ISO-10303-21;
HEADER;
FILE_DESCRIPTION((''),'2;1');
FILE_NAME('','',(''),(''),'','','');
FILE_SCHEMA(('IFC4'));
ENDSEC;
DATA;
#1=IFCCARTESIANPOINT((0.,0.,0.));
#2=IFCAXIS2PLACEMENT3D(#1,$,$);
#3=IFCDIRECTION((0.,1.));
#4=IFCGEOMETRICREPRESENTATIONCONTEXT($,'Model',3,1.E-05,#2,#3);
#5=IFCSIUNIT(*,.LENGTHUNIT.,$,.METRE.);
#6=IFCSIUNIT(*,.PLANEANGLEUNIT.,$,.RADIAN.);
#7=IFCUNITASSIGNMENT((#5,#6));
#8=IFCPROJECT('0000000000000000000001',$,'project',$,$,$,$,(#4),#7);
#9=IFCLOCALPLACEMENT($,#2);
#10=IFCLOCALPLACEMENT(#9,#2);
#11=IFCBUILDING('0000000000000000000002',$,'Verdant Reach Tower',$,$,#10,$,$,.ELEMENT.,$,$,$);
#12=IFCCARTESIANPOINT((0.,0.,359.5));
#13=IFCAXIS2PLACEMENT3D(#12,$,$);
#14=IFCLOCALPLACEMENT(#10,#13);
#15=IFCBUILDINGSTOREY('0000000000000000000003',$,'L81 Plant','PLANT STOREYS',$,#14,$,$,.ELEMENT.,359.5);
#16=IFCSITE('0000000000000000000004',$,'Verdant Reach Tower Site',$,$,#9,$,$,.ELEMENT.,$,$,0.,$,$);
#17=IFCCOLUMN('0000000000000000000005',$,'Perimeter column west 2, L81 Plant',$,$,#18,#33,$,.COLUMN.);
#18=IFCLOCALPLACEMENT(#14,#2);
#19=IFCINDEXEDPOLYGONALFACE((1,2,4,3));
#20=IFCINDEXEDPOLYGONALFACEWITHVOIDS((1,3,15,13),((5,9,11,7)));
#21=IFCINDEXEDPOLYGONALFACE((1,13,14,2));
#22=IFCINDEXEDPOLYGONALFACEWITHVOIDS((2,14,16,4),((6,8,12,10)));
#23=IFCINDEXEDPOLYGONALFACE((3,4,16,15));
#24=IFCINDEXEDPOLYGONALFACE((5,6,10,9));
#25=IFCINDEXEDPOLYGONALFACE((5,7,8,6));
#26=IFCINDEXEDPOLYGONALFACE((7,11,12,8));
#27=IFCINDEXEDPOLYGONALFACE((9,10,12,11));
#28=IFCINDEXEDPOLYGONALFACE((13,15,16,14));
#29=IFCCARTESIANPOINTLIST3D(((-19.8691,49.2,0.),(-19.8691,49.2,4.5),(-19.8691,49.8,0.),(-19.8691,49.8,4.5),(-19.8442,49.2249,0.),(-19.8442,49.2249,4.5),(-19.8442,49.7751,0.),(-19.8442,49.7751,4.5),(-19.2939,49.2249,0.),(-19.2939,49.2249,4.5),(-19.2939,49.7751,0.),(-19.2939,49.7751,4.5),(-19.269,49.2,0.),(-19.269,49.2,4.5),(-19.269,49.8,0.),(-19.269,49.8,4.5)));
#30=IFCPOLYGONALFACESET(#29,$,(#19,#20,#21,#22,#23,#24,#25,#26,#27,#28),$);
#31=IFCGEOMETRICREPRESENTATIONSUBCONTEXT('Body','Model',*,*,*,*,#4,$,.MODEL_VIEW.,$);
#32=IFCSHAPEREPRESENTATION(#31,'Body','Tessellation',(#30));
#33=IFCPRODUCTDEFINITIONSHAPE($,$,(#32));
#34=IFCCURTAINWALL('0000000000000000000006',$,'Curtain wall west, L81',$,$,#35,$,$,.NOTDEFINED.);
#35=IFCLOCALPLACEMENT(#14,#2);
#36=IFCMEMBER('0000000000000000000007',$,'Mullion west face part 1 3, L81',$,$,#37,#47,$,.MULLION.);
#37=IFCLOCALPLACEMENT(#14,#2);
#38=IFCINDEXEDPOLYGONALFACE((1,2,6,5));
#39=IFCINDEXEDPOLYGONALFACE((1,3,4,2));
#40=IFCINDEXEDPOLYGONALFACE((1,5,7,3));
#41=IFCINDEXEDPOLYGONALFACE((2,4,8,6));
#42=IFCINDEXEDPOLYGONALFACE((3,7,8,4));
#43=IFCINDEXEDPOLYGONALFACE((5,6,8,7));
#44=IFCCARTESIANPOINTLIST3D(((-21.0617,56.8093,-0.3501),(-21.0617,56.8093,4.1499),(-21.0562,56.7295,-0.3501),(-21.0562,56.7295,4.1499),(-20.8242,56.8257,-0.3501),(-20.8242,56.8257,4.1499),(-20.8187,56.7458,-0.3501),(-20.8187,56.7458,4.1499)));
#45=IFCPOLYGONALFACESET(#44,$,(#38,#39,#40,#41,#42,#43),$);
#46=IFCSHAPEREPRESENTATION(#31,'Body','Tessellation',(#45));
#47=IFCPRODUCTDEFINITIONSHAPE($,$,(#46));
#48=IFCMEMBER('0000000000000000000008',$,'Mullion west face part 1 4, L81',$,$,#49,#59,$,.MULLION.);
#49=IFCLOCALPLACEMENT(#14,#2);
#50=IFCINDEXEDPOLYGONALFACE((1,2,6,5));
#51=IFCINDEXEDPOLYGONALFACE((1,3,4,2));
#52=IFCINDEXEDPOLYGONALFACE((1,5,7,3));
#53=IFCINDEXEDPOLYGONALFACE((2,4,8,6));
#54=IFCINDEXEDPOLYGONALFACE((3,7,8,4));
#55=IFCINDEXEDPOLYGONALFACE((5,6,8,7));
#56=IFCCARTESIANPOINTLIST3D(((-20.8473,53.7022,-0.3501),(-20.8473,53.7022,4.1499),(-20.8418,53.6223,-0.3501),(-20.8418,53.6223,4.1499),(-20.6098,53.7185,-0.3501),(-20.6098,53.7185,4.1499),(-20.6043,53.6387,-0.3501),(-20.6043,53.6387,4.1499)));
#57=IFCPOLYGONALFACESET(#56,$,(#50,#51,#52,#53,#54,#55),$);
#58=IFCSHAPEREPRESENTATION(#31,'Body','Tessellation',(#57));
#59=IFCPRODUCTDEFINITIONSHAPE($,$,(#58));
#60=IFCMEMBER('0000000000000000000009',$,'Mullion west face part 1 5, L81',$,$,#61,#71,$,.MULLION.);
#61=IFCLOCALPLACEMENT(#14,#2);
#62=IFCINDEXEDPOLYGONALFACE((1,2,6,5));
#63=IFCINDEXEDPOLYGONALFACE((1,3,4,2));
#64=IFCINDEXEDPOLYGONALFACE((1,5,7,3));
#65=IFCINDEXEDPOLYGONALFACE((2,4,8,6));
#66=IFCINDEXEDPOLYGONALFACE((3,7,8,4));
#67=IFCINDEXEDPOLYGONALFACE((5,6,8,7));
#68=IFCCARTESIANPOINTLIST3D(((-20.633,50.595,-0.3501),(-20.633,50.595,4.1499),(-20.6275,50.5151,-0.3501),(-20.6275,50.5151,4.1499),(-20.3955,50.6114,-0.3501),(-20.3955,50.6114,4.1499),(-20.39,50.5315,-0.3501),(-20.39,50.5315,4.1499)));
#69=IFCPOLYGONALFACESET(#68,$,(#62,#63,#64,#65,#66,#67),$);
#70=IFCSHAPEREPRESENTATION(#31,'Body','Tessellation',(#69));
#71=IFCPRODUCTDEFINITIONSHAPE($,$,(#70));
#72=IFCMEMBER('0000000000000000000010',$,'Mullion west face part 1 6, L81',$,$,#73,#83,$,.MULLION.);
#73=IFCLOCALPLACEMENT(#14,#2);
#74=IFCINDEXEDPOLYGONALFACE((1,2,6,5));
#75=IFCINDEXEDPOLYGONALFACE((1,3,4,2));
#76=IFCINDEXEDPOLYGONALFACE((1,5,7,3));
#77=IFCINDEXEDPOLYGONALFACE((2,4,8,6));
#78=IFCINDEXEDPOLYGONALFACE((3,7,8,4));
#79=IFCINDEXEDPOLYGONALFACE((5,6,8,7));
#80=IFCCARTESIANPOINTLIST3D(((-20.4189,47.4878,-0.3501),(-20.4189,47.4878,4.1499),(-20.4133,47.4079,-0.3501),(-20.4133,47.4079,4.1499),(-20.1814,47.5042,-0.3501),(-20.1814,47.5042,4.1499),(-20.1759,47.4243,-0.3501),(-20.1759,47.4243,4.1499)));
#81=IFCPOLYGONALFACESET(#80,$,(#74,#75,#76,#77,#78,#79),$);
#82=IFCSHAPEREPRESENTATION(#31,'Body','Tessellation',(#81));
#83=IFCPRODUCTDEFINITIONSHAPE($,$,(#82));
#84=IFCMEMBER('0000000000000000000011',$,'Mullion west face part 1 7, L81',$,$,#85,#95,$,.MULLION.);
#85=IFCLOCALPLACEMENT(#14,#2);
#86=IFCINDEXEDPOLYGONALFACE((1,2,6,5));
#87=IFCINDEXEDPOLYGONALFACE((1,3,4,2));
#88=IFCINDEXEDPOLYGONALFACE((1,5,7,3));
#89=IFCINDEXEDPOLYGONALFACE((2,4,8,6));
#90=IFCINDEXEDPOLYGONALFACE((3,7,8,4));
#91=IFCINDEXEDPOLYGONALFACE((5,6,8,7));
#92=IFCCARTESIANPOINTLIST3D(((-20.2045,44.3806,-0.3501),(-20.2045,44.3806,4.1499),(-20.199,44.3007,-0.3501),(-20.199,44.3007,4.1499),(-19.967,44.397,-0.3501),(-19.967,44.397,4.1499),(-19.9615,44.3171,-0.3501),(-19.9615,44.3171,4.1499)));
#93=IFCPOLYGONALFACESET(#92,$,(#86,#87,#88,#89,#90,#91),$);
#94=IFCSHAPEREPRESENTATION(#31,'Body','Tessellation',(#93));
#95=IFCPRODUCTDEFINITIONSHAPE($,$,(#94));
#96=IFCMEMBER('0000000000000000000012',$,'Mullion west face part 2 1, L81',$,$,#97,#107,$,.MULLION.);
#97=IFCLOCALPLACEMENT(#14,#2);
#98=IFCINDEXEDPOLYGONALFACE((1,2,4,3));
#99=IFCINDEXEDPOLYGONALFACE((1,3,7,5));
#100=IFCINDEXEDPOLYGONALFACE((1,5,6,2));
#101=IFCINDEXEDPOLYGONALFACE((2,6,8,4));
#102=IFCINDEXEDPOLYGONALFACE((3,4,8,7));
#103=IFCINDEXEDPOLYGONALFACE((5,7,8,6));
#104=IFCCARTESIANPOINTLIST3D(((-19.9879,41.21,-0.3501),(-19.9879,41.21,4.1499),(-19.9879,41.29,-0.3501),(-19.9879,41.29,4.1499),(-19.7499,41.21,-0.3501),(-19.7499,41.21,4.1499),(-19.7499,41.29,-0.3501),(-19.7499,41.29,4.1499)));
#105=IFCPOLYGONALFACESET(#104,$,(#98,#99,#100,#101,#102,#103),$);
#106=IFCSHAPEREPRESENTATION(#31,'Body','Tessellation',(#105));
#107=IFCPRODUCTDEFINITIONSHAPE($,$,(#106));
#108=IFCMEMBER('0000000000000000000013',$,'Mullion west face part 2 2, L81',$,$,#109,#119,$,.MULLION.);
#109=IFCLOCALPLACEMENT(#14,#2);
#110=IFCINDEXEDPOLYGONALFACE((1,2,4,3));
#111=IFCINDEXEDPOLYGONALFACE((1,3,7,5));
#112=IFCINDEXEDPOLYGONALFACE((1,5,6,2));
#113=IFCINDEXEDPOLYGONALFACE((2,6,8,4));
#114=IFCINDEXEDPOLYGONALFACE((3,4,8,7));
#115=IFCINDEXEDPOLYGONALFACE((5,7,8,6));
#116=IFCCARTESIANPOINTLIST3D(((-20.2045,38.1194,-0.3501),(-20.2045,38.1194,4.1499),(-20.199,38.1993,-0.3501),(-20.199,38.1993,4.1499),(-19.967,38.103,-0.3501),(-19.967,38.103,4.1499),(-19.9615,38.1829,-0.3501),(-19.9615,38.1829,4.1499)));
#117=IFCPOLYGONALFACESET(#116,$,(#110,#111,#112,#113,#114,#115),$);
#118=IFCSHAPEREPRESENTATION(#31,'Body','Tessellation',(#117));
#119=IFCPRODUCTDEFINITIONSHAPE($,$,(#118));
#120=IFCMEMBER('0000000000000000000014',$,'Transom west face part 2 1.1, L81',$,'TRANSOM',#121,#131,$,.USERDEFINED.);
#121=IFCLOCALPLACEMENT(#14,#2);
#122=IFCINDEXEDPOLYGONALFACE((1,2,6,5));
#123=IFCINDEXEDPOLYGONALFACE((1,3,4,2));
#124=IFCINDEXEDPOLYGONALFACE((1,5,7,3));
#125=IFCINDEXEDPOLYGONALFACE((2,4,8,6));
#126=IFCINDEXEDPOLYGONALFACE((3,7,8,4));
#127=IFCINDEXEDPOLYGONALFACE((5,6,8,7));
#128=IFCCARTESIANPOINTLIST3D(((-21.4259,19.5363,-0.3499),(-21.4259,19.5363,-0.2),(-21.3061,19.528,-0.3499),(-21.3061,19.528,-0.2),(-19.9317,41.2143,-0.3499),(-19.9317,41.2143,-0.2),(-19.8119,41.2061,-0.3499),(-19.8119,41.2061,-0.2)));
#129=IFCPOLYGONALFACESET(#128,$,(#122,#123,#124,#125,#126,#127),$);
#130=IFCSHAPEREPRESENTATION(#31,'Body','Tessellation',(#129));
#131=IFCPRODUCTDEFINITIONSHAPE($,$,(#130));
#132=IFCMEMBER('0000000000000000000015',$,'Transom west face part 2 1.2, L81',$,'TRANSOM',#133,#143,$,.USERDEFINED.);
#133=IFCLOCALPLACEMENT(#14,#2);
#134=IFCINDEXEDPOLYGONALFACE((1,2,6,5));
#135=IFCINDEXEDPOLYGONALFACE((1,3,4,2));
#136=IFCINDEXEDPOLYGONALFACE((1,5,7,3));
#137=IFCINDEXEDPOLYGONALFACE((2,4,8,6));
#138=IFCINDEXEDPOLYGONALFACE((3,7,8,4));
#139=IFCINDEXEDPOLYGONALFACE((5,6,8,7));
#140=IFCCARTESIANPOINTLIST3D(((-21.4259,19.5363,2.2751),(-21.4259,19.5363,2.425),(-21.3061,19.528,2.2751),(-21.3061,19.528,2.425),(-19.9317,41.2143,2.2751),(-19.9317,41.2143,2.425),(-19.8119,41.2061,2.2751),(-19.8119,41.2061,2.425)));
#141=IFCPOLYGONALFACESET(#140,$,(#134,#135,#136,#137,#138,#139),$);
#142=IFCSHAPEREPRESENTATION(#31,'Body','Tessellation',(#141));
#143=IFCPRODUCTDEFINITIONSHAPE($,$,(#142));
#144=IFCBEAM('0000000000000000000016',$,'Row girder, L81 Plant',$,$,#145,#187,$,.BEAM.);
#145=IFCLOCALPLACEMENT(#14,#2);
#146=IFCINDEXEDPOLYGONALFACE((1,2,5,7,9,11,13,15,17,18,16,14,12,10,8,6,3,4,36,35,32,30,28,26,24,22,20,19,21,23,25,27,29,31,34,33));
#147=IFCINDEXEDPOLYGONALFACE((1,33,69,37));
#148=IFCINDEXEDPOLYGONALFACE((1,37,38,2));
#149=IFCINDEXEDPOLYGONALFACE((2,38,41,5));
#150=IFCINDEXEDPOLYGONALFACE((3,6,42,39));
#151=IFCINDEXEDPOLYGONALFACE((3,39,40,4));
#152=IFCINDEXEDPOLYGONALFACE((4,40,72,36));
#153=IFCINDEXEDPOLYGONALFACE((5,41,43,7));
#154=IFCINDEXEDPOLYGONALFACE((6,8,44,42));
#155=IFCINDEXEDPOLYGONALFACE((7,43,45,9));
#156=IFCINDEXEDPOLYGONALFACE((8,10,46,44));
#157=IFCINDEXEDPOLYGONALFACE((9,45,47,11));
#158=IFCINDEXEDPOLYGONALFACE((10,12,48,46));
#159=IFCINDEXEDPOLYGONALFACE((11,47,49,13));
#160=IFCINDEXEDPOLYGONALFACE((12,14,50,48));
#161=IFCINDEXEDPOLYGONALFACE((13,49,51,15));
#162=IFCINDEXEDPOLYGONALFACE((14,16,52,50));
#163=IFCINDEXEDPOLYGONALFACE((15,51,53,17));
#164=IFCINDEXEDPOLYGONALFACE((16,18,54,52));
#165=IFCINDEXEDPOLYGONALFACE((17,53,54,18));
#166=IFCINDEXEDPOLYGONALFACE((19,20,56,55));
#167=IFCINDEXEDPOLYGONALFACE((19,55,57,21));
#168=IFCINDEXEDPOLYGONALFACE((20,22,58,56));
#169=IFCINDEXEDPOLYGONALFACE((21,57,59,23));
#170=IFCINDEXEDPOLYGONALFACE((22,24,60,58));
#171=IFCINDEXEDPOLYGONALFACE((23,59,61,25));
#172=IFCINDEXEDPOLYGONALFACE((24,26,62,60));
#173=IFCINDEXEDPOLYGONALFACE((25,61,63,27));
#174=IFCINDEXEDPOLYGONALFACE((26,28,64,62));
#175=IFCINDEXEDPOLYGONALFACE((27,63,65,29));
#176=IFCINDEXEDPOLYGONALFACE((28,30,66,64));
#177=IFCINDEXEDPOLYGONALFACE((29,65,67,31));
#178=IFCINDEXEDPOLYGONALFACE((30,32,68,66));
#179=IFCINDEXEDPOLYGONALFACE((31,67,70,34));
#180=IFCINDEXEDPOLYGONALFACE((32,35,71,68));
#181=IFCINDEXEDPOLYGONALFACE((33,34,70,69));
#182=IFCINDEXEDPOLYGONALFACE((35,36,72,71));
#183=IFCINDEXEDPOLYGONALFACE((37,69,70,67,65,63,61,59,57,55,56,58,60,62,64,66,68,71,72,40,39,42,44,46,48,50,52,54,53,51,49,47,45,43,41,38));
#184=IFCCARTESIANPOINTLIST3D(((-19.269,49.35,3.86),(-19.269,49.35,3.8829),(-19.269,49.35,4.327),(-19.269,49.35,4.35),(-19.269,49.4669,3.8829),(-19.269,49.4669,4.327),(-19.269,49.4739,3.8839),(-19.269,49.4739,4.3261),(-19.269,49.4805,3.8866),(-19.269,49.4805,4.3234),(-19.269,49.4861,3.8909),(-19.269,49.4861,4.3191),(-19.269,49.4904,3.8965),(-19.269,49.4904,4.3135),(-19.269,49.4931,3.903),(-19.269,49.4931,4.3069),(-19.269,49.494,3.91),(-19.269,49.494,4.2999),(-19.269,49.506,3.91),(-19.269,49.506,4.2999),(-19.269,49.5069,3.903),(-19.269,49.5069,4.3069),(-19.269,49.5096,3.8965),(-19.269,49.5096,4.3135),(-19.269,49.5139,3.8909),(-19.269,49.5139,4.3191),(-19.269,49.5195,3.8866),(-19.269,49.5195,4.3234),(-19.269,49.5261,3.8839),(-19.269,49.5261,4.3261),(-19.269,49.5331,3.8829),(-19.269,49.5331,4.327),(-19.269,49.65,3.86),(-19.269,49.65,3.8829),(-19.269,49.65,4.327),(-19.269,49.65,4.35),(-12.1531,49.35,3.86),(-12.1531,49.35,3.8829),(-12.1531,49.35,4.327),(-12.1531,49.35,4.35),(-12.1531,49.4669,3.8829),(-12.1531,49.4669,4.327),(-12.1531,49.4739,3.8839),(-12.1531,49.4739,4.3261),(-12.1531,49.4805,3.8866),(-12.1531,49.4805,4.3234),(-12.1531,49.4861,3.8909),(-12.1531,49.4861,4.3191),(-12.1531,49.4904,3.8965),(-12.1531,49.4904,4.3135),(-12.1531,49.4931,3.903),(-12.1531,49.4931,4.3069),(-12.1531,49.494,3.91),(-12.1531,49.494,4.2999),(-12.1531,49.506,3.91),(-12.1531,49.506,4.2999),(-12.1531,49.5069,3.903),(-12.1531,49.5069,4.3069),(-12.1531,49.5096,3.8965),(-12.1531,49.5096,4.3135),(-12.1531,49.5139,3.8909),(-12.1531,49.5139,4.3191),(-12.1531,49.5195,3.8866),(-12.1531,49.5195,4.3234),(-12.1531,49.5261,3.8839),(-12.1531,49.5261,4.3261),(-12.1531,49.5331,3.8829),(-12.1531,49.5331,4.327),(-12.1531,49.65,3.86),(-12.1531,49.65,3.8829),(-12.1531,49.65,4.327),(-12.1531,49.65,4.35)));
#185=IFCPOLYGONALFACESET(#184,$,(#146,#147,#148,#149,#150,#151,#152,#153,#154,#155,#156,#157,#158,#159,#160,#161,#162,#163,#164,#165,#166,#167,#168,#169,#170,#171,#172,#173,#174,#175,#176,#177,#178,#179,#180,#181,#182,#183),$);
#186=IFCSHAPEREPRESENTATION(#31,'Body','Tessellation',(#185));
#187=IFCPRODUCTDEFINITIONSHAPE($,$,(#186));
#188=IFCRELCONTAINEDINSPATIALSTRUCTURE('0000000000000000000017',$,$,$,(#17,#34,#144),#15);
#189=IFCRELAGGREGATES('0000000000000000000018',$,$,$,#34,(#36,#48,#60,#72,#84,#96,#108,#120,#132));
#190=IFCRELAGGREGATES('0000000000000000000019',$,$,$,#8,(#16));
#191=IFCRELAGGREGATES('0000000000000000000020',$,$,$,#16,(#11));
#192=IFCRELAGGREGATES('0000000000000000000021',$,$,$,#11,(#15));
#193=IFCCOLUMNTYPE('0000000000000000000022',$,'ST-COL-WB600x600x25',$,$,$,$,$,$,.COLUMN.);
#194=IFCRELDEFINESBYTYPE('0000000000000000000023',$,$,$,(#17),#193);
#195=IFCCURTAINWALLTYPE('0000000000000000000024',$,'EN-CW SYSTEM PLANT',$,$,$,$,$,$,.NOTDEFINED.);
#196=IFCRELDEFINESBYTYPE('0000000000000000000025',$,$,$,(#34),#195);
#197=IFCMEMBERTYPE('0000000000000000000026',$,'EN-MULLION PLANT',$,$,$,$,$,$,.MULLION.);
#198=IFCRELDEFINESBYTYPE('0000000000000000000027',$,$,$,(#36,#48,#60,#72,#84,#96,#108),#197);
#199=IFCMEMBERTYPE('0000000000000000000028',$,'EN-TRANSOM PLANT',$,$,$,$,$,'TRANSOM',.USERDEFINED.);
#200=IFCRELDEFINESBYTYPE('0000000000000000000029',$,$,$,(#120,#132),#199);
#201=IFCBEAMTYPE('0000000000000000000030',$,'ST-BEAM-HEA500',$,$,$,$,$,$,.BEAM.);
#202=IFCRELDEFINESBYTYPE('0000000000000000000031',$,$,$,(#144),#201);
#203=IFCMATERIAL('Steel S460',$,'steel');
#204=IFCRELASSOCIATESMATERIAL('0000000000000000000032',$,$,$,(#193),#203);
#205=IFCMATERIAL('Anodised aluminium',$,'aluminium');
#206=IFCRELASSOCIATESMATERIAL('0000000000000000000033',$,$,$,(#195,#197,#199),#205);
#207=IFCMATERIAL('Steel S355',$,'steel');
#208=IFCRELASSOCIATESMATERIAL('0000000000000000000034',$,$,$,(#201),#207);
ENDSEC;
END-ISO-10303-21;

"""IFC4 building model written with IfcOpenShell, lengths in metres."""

from ifc_helpers import new_model, si_unit, direction, frame, origin, origin_2d, place, context, subcontext, project, spatial, rectangle, hollow_rectangle, i_section, extrude, material, material_profile, profile_set, type_object, element, aggregate, save


model = new_model("IFC4")

# Units and contexts
model_context = context("Model", 3, precision=1e-05, world=origin(), true_north=direction((0.0, 1.0)))
body_context = subcontext(model_context, "Body", "Model", "MODEL_VIEW")
ifc_project = project(units=[si_unit("LENGTHUNIT", "METRE"), si_unit("PLANEANGLEUNIT", "RADIAN")], contexts=[model_context])

# Site, building, storey
site_placement = place(None, origin())
site = spatial("IfcSite", under=ifc_project, at=site_placement, Name="Verdant Reach Tower Site", CompositionType="ELEMENT", RefElevation=0.0)
building_placement = place(site_placement, origin())
building = spatial("IfcBuilding", under=site, at=building_placement, Name="Verdant Reach Tower", CompositionType="ELEMENT")
storey_placement = place(building_placement, frame((0.0, 0.0, 359.5)))
storey = spatial("IfcBuildingStorey", under=building, at=storey_placement, Name="L81 Plant", Description="PLANT STOREYS", CompositionType="ELEMENT", Elevation=359.5)

# Column
ifc_material_1 = material(Name="Steel S460", Category="steel")
ifc_material_profile_1 = material_profile(ifc_material_1, hollow_rectangle(XDim=0.6001, YDim=0.6001, WallThickness=0.0249, at=origin_2d()), Name="WB 600x600x25")
ifc_profile_set_1 = profile_set([ifc_material_profile_1], Name="Steel S460")
column_type = type_object("IfcColumnType", Name="ST-COL-WB600x600x25", PredefinedType="COLUMN", material=ifc_profile_set_1)
column_placement = place(storey_placement, frame((-19.5691, 49.5, 0.0), z_axis=(0.0, 0.0, 1.0), x_axis=(1.0, 0.0, 0.0)))
element("IfcColumn", 1, at=column_placement, inside=storey, type_object=column_type, Name="Perimeter column west 2, L81 Plant", PredefinedType="COLUMN", context=body_context, shape_type="SweptSolid", body=[
    extrude(hollow_rectangle(XDim=0.6001, YDim=0.6001, WallThickness=0.0249, at=origin_2d()), origin(), (0.0, 0.0, 1.0), 4.5),
])

# Curtain wall, members
ifc_material_2 = material(Name="Anodised aluminium", Category="aluminium")
curtain_wall_type = type_object("IfcCurtainWallType", Name="EN-CW SYSTEM PLANT", PredefinedType="NOTDEFINED", material=ifc_material_2)
curtain_wall_placement = place(storey_placement, origin())
curtain_wall = element("IfcCurtainWall", 2, at=curtain_wall_placement, inside=storey, type_object=curtain_wall_type, Name="Curtain wall west, L81", PredefinedType="NOTDEFINED")
ifc_material_profile_2 = material_profile(ifc_material_2, rectangle(XDim=0.238, YDim=0.0801, at=origin_2d()), Name="Mullion 80x240")
ifc_profile_set_2 = profile_set([ifc_material_profile_2], Name="Anodised aluminium")
member_type_1 = type_object("IfcMemberType", Name="EN-MULLION PLANT", PredefinedType="MULLION", material=ifc_profile_set_2)
member_1_placement = place(storey_placement, frame((-20.9402, 56.7776, -0.3501), z_axis=(0.0, 0.0, 1.0), x_axis=(-0.99763, -0.068802, 0.0)))
member_1 = element("IfcMember", 3, at=member_1_placement, type_object=member_type_1, Name="Mullion west face part 1 3, L81", PredefinedType="MULLION", context=body_context, shape_type="SweptSolid", body=[
    extrude(rectangle(XDim=0.238, YDim=0.0801, at=origin_2d()), origin(), (0.0, 0.0, 1.0), 4.5),
])
member_2_placement = place(storey_placement, frame((-20.7258, 53.6704, -0.3501), z_axis=(0.0, 0.0, 1.0), x_axis=(-0.99763, -0.068802, 0.0)))
member_2 = element("IfcMember", 4, at=member_2_placement, type_object=member_type_1, Name="Mullion west face part 1 4, L81", PredefinedType="MULLION", context=body_context, shape_type="SweptSolid", body=[
    extrude(rectangle(XDim=0.238, YDim=0.0801, at=origin_2d()), origin(), (0.0, 0.0, 1.0), 4.5),
])
member_3_placement = place(storey_placement, frame((-20.5115, 50.5632, -0.3501), z_axis=(0.0, 0.0, 1.0), x_axis=(-0.99763, -0.068802, 0.0)))
member_3 = element("IfcMember", 5, at=member_3_placement, type_object=member_type_1, Name="Mullion west face part 1 5, L81", PredefinedType="MULLION", context=body_context, shape_type="SweptSolid", body=[
    extrude(rectangle(XDim=0.238, YDim=0.0801, at=origin_2d()), origin(), (0.0, 0.0, 1.0), 4.5),
])
member_4_placement = place(storey_placement, frame((-20.2974, 47.4561, -0.3501), z_axis=(0.0, 0.0, 1.0), x_axis=(-0.99763, -0.068802, 0.0)))
member_4 = element("IfcMember", 6, at=member_4_placement, type_object=member_type_1, Name="Mullion west face part 1 6, L81", PredefinedType="MULLION", context=body_context, shape_type="SweptSolid", body=[
    extrude(rectangle(XDim=0.238, YDim=0.0801, at=origin_2d()), origin(), (0.0, 0.0, 1.0), 4.5),
])
member_5_placement = place(storey_placement, frame((-20.083, 44.3489, -0.3501), z_axis=(0.0, 0.0, 1.0), x_axis=(-0.99763, -0.068802, 0.0)))
member_5 = element("IfcMember", 7, at=member_5_placement, type_object=member_type_1, Name="Mullion west face part 1 7, L81", PredefinedType="MULLION", context=body_context, shape_type="SweptSolid", body=[
    extrude(rectangle(XDim=0.238, YDim=0.0801, at=origin_2d()), origin(), (0.0, 0.0, 1.0), 4.5),
])
member_6_placement = place(storey_placement, frame((-19.8689, 41.25, -0.3501), z_axis=(0.0, 0.0, 1.0), x_axis=(-1.0, 0.0, 0.0)))
member_6 = element("IfcMember", 8, at=member_6_placement, type_object=member_type_1, Name="Mullion west face part 2 1, L81", PredefinedType="MULLION", context=body_context, shape_type="SweptSolid", body=[
    extrude(rectangle(XDim=0.238, YDim=0.0801, at=origin_2d()), origin(), (0.0, 0.0, 1.0), 4.5),
])
member_7_placement = place(storey_placement, frame((-20.083, 38.1511, -0.3501), z_axis=(0.0, 0.0, 1.0), x_axis=(-0.99763, 0.068802, 0.0)))
member_7 = element("IfcMember", 9, at=member_7_placement, type_object=member_type_1, Name="Mullion west face part 2 2, L81", PredefinedType="MULLION", context=body_context, shape_type="SweptSolid", body=[
    extrude(rectangle(XDim=0.238, YDim=0.0801, at=origin_2d()), origin(), (0.0, 0.0, 1.0), 4.5),
])
ifc_material_profile_3 = material_profile(ifc_material_2, rectangle(XDim=0.1201, YDim=0.1499, at=origin_2d()), Name="Transom 150x120")
ifc_profile_set_3 = profile_set([ifc_material_profile_3], Name="Anodised aluminium")
member_type_2 = type_object("IfcMemberType", Name="EN-TRANSOM PLANT", ElementType="TRANSOM", PredefinedType="USERDEFINED", material=ifc_profile_set_3)
member_8_placement = place(storey_placement, frame((-19.8718, 41.2102, -0.2749), z_axis=(-0.068761, -0.997633, 0.0), x_axis=(0.997633, -0.068761, 0.0)))
member_8 = element("IfcMember", 10, at=member_8_placement, type_object=member_type_2, Name="Transom west face part 2 1.1, L81", ObjectType="TRANSOM", PredefinedType="USERDEFINED", context=body_context, shape_type="SweptSolid", body=[
    extrude(rectangle(XDim=0.1201, YDim=0.1499, at=origin_2d()), origin(), (0.0, 0.0, 1.0), 21.7295),
])
member_9_placement = place(storey_placement, frame((-19.8718, 41.2102, 2.3501), z_axis=(-0.068761, -0.997633, 0.0), x_axis=(0.997633, -0.068761, 0.0)))
member_9 = element("IfcMember", 11, at=member_9_placement, type_object=member_type_2, Name="Transom west face part 2 1.2, L81", ObjectType="TRANSOM", PredefinedType="USERDEFINED", context=body_context, shape_type="SweptSolid", body=[
    extrude(rectangle(XDim=0.1201, YDim=0.1499, at=origin_2d()), origin(), (0.0, 0.0, 1.0), 21.7295),
])

# Beam
ifc_material_3 = material(Name="Steel S355", Category="steel")
ifc_material_profile_4 = material_profile(ifc_material_3, i_section(OverallWidth=0.3, OverallDepth=0.49, WebThickness=0.012, FlangeThickness=0.0229, FilletRadius=0.0271, at=origin_2d()), Name="HEA 500")
ifc_profile_set_4 = profile_set([ifc_material_profile_4], Name="Steel S355")
beam_type = type_object("IfcBeamType", Name="ST-BEAM-HEA500", PredefinedType="BEAM", material=ifc_profile_set_4)
beam_placement = place(storey_placement, frame((-19.269, 49.5, 4.105), z_axis=(1.0, 0.0, 0.0), x_axis=(0.0, 1.0, 0.0)))
element("IfcBeam", 12, at=beam_placement, inside=storey, type_object=beam_type, Name="Row girder, L81 Plant", PredefinedType="BEAM", context=body_context, shape_type="SweptSolid", body=[
    extrude(i_section(OverallWidth=0.3, OverallDepth=0.49, WebThickness=0.012, FlangeThickness=0.0229, FilletRadius=0.0271, at=origin_2d()), origin(), (0.0, 0.0, 1.0), 7.116),
])

aggregate(curtain_wall, [member_1, member_2, member_3, member_4, member_5, member_6, member_7, member_8, member_9])

save(model, "model.ifc")
